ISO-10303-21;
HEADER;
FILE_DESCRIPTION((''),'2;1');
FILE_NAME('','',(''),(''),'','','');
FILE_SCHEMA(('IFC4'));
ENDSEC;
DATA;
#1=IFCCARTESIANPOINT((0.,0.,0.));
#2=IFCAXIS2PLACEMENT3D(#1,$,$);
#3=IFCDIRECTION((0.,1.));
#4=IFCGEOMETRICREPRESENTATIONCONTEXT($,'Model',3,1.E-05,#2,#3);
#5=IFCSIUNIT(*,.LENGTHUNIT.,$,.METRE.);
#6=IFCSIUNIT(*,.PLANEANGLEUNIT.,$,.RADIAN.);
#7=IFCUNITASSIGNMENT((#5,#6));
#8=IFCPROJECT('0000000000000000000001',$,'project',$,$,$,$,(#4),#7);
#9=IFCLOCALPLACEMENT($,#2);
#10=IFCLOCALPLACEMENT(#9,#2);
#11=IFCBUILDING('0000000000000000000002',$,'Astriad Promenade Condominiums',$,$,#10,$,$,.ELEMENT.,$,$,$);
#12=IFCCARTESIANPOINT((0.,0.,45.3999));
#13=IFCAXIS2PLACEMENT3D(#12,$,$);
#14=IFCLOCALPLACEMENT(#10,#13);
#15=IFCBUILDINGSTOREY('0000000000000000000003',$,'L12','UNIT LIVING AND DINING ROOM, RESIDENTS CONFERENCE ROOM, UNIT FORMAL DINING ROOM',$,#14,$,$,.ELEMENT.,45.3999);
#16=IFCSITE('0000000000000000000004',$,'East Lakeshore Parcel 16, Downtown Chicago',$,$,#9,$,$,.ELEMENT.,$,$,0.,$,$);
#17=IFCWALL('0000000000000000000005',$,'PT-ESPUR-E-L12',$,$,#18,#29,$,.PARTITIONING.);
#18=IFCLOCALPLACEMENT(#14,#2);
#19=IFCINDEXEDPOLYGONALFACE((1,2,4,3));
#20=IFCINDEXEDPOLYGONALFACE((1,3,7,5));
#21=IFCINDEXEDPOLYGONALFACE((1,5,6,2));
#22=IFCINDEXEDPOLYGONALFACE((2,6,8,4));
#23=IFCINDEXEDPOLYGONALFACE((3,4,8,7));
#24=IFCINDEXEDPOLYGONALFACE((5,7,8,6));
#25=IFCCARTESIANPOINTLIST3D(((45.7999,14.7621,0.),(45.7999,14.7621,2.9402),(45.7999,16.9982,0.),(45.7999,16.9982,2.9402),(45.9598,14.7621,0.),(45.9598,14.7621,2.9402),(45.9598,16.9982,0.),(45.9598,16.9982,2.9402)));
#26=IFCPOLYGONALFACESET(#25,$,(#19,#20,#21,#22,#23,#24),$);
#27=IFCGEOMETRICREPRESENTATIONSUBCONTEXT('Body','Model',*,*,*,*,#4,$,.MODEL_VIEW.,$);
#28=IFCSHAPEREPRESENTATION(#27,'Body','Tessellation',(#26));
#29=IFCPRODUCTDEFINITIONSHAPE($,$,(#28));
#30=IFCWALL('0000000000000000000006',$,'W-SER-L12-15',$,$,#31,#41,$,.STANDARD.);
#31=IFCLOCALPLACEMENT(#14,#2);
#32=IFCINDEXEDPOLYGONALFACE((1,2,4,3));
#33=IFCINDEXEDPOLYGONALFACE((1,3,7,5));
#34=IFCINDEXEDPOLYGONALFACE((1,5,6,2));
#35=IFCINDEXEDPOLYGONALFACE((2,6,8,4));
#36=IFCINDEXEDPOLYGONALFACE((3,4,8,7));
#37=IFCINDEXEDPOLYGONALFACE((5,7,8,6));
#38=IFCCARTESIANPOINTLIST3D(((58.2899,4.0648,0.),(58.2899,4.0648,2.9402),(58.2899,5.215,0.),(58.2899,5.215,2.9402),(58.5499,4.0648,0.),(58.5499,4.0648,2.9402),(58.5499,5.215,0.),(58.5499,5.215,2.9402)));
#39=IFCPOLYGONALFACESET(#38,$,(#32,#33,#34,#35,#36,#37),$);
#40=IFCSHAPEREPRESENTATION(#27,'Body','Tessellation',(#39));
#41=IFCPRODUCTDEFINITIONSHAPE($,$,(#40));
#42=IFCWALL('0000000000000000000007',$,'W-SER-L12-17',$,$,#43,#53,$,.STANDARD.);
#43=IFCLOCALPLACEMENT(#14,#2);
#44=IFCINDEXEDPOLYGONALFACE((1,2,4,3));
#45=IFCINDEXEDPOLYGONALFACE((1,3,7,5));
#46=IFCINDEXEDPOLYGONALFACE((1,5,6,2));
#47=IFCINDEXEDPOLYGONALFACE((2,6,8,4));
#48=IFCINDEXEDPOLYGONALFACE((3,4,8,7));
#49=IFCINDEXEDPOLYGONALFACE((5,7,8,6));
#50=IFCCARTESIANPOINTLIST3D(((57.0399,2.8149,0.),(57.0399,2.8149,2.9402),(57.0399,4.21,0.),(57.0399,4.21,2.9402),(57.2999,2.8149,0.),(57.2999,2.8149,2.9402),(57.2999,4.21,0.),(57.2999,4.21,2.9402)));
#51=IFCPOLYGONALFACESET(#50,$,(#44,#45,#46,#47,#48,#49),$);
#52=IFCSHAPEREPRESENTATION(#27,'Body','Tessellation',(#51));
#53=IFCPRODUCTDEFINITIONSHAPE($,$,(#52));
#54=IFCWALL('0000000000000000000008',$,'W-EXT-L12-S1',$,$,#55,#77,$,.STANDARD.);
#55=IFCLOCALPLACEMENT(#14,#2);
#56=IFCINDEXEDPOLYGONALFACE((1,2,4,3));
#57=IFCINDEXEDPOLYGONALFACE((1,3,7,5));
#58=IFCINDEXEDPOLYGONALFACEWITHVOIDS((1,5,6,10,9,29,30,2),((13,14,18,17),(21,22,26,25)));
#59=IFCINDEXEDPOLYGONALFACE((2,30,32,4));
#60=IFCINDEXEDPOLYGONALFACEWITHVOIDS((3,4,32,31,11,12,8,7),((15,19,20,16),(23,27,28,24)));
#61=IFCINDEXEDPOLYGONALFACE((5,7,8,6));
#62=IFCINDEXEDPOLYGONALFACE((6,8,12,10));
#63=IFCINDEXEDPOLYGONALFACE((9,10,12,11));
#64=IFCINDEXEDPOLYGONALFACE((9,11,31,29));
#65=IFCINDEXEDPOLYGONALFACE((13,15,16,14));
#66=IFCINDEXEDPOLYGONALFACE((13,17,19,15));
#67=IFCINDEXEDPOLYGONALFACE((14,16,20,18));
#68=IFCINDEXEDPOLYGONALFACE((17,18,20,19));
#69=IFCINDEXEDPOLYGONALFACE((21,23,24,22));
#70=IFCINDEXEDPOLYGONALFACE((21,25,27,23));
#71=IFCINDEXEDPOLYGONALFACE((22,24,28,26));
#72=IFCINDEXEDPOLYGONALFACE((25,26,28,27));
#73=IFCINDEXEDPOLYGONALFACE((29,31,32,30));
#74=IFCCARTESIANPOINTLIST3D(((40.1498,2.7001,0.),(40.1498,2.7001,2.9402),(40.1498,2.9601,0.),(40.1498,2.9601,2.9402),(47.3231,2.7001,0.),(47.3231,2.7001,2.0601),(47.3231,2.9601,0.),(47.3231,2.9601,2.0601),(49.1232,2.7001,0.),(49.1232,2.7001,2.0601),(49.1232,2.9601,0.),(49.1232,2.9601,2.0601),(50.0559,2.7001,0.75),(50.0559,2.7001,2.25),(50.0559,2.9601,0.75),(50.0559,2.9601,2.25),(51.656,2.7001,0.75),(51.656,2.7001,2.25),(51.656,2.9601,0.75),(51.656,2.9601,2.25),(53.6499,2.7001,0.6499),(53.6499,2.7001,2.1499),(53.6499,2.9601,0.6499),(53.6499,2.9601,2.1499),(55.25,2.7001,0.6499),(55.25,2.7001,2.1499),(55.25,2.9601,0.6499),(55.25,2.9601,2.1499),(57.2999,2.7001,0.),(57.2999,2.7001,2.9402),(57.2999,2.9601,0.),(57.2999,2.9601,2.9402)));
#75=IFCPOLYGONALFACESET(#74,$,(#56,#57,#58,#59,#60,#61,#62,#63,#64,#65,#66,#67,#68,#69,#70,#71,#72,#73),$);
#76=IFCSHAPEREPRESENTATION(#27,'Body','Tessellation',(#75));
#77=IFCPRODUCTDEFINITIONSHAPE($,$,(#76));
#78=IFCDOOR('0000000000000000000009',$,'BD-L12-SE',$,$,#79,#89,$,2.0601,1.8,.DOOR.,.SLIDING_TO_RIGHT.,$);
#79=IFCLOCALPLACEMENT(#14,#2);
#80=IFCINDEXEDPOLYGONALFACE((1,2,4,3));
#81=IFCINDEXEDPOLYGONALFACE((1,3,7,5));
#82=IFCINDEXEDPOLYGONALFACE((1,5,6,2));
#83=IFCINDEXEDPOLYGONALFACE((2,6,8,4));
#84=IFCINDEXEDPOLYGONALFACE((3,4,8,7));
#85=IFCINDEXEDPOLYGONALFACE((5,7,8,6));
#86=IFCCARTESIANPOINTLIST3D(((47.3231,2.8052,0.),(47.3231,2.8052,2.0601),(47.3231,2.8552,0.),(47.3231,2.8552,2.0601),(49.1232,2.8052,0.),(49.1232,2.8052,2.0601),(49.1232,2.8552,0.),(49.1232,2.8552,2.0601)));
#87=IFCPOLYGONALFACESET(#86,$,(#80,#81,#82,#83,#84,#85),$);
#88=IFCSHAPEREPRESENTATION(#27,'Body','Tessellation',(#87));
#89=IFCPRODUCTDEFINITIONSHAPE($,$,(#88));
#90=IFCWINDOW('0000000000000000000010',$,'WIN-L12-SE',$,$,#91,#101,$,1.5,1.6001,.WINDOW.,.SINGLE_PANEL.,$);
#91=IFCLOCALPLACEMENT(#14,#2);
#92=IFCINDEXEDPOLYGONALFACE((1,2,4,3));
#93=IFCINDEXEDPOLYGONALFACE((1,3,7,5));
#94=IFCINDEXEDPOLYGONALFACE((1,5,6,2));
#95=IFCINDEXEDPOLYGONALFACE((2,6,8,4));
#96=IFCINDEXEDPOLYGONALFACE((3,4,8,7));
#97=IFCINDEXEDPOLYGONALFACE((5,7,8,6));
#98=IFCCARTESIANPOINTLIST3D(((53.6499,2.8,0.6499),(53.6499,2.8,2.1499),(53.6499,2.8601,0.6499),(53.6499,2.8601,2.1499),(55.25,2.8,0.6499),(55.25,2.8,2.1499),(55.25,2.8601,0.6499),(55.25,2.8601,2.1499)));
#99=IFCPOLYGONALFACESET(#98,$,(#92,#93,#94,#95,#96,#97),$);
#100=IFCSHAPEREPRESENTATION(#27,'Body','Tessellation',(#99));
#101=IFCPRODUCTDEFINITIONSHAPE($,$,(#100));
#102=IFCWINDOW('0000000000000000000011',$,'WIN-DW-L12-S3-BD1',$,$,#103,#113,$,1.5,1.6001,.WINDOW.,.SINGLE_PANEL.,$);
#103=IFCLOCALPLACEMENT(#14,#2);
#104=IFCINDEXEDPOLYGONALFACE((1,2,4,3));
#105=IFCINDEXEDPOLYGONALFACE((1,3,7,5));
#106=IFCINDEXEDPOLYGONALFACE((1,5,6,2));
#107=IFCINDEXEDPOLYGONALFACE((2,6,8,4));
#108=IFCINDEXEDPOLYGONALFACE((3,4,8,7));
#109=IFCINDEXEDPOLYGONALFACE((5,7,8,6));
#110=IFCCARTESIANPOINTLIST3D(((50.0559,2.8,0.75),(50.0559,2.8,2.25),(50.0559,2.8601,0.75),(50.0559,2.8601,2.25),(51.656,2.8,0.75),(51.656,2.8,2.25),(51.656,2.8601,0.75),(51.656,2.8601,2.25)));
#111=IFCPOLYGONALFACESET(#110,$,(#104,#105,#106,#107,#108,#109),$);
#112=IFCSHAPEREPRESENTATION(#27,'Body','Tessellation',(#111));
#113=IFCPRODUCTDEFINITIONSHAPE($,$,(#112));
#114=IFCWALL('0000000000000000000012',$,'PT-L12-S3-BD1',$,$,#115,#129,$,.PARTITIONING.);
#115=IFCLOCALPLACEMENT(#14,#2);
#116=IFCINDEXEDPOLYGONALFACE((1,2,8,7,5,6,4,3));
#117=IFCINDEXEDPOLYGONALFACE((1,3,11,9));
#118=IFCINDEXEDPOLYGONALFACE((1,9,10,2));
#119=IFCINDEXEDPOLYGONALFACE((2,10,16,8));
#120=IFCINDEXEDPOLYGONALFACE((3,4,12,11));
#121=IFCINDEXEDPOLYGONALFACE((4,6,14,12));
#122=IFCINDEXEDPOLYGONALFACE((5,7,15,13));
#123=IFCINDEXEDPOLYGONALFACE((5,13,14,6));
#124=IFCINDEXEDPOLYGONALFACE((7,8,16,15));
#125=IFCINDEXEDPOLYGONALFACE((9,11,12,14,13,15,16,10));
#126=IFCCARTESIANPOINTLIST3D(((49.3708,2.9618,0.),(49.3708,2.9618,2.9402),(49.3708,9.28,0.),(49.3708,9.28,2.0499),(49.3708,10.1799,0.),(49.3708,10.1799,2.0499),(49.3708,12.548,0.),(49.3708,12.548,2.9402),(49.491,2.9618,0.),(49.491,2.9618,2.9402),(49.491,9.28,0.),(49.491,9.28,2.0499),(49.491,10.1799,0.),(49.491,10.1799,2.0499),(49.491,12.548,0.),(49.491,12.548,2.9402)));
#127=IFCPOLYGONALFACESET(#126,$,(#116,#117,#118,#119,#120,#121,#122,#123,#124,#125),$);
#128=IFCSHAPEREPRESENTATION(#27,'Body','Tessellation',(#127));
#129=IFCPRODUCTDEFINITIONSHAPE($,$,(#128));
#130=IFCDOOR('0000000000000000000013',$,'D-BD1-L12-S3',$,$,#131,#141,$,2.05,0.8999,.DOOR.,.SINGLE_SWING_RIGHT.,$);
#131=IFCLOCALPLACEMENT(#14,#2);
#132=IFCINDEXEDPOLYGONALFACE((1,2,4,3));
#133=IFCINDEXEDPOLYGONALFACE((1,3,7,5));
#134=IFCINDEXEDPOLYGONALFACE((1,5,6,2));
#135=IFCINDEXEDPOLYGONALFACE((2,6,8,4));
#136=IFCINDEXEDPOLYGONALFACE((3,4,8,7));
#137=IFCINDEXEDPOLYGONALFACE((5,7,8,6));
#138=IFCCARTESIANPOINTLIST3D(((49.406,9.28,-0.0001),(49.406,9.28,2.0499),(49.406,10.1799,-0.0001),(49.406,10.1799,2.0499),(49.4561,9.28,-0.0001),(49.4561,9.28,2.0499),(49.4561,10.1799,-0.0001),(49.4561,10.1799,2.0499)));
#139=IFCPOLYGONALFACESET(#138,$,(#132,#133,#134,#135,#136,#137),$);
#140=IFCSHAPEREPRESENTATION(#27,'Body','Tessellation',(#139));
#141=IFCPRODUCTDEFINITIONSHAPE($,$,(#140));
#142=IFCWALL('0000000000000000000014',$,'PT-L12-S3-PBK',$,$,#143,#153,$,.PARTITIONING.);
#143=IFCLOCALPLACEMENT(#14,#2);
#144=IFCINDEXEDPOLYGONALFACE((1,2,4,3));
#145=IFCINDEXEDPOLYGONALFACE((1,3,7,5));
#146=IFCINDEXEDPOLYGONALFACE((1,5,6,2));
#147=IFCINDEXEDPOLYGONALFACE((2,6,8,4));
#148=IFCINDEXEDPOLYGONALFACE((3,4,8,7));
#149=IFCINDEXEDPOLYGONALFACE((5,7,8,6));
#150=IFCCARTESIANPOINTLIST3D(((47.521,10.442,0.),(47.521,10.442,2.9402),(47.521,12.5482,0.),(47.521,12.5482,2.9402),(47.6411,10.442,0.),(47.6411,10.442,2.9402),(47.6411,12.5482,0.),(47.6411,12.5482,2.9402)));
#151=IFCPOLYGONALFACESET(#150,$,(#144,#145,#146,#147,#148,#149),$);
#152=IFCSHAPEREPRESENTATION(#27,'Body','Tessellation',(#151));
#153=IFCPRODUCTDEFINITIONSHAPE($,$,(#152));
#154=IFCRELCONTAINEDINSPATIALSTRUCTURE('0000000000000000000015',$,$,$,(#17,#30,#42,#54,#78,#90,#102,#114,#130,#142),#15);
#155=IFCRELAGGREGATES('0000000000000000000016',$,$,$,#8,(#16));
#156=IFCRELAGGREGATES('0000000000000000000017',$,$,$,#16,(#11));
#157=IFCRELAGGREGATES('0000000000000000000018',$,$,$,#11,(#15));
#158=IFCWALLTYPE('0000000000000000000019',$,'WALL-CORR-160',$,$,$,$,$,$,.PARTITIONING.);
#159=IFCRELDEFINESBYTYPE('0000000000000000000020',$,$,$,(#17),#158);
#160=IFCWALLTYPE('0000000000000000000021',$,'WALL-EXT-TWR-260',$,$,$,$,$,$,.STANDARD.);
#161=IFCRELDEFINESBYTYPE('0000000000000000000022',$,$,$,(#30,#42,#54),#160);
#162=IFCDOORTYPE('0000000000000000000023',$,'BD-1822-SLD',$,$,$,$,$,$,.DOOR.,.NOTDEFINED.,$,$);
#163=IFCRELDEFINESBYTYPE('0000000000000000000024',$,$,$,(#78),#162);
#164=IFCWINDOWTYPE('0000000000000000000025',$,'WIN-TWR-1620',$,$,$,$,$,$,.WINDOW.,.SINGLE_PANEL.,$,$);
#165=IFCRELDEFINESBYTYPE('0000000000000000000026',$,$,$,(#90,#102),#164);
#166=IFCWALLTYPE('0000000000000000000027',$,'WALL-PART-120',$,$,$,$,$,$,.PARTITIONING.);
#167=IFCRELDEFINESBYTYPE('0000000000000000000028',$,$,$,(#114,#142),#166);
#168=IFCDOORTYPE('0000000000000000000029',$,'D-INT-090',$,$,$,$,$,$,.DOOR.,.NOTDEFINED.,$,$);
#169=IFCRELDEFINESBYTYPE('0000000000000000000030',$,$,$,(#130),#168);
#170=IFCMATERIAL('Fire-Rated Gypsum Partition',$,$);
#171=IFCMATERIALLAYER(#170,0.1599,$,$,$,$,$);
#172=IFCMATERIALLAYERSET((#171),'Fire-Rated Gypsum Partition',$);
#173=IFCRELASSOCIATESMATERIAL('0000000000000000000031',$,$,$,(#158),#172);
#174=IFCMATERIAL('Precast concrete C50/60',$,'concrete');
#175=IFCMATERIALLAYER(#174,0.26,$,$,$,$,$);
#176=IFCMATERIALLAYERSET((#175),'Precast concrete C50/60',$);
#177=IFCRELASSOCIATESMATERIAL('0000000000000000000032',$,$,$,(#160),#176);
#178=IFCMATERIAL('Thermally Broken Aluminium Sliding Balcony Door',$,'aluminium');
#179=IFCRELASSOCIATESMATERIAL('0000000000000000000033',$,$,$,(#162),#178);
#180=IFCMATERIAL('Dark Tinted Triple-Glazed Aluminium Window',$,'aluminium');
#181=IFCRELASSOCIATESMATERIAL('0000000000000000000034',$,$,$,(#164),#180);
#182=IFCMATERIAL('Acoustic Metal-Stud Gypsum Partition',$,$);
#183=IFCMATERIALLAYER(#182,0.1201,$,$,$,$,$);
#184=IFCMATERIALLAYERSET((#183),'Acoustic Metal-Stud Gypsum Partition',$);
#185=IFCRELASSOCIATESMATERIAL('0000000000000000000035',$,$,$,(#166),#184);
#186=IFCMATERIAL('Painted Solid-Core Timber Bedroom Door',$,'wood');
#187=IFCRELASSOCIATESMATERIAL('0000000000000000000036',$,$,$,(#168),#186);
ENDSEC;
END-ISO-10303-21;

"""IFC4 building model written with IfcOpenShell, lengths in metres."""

from ifc_helpers import new_model, si_unit, direction, frame, frame_2d, origin, place, context, subcontext, project, spatial, rectangle, extrude, source, transform, mapped, material, layer, layer_set, type_object, type_shapes, element, fill, save


model = new_model("IFC4")

# Units and contexts
model_context = context("Model", 3, precision=1e-05, world=origin(), true_north=direction((0.0, 1.0)))
body_context = subcontext(model_context, "Body", "Model", "MODEL_VIEW")
ifc_project = project(units=[si_unit("LENGTHUNIT", "METRE"), si_unit("PLANEANGLEUNIT", "RADIAN")], contexts=[model_context])

# Site, building, storey
site_placement = place(None, origin())
site = spatial("IfcSite", under=ifc_project, at=site_placement, Name="East Lakeshore Parcel 16, Downtown Chicago", CompositionType="ELEMENT", RefElevation=0.0)
building_placement = place(site_placement, origin())
building = spatial("IfcBuilding", under=site, at=building_placement, Name="Astriad Promenade Condominiums", CompositionType="ELEMENT")
storey_placement = place(building_placement, frame((0.0, 0.0, 45.3999)))
storey = spatial("IfcBuildingStorey", under=building, at=storey_placement, Name="L12", Description="UNIT LIVING AND DINING ROOM, RESIDENTS CONFERENCE ROOM, UNIT FORMAL DINING ROOM", CompositionType="ELEMENT", Elevation=45.3999)

# Shared definitions
ifc_material_1 = material(Name="Fire-Rated Gypsum Partition")
ifc_layer_1 = layer(ifc_material_1, 0.1599)
ifc_layer_set_1 = layer_set([ifc_layer_1], Name="Fire-Rated Gypsum Partition")
wall_type_1 = type_object("IfcWallType", Name="WALL-CORR-160", PredefinedType="PARTITIONING", material=ifc_layer_set_1)

# Walls
wall_1_placement = place(storey_placement, frame((45.8799, 14.762, 0.0), z_axis=(0.0, 0.0, 1.0), x_axis=(0.0, 1.0, 0.0)))
element("IfcWall", 1, at=wall_1_placement, inside=storey, type_object=wall_type_1, Name="PT-ESPUR-E-L12", PredefinedType="PARTITIONING", context=body_context, shape_type="SweptSolid", body=[
    extrude(rectangle(XDim=2.2361, YDim=0.1599, at=frame_2d((1.1182, 0.0))), origin(), (0.0, 0.0, 1.0), 2.9402),
])
ifc_material_2 = material(Name="Precast concrete C50/60", Category="concrete")
ifc_layer_2 = layer(ifc_material_2, 0.26)
ifc_layer_set_2 = layer_set([ifc_layer_2], Name="Precast concrete C50/60")
wall_type_2 = type_object("IfcWallType", Name="WALL-EXT-TWR-260", PredefinedType="STANDARD", material=ifc_layer_set_2)
wall_2_placement = place(storey_placement, frame((58.4199, 5.2151, 0.0), z_axis=(0.0, 0.0, 1.0), x_axis=(0.0, -1.0, 0.0)))
element("IfcWall", 2, at=wall_2_placement, inside=storey, type_object=wall_type_2, Name="W-SER-L12-15", PredefinedType="STANDARD", context=body_context, shape_type="SweptSolid", body=[
    extrude(rectangle(XDim=1.1501, YDim=0.26, at=frame_2d((0.5752, 0.0))), origin(), (0.0, 0.0, 1.0), 2.9402),
])
wall_3_placement = place(storey_placement, frame((57.1699, 4.21, 0.0), z_axis=(0.0, 0.0, 1.0), x_axis=(0.0, -1.0, 0.0)))
element("IfcWall", 3, at=wall_3_placement, inside=storey, type_object=wall_type_2, Name="W-SER-L12-17", PredefinedType="STANDARD", context=body_context, shape_type="SweptSolid", body=[
    extrude(rectangle(XDim=1.395, YDim=0.26, at=frame_2d((0.6975, 0.0))), origin(), (0.0, 0.0, 1.0), 2.9402),
])

# Wall, openings, door, windows
wall_4_placement = place(storey_placement, frame((57.3, 2.8301, 0.0), z_axis=(0.0, 0.0, 1.0), x_axis=(-1.0, 0.0, 0.0)))
wall_4 = element("IfcWall", 4, at=wall_4_placement, inside=storey, type_object=wall_type_2, Name="W-EXT-L12-S1", PredefinedType="STANDARD", context=body_context, shape_type="SweptSolid", body=[
    extrude(rectangle(XDim=17.1501, YDim=0.26, at=frame_2d((8.5752, 0.0))), origin(), (0.0, 0.0, 1.0), 2.9402),
])
opening_1_placement = place(wall_4_placement, frame((8.177, 0.0, 0.0)))
opening_1 = element("IfcOpeningElement", 5, at=opening_1_placement, cuts=wall_4, PredefinedType="OPENING", context=body_context, shape_type="SweptSolid", body=[
    extrude(rectangle(XDim=1.8, YDim=2.0601, at=frame_2d((0.8999, 1.03))), frame((0.0, 0.1399, 0.0), z_axis=(0.0, -1.0, 0.0), x_axis=(1.0, 0.0, 0.0)), (0.0, 0.0, 1.0), 0.28),
])
opening_2_placement = place(wall_4_placement, frame((2.05, 0.0, 0.6499)))
opening_2 = element("IfcOpeningElement", 6, at=opening_2_placement, cuts=wall_4, PredefinedType="OPENING", context=body_context, shape_type="SweptSolid", body=[
    extrude(rectangle(XDim=1.6001, YDim=1.5, at=frame_2d((0.8, 0.75))), frame((0.0, 0.1399, 0.0), z_axis=(0.0, -1.0, 0.0), x_axis=(1.0, 0.0, 0.0)), (0.0, 0.0, 1.0), 0.28),
])
opening_3_placement = place(wall_4_placement, frame((5.644, 0.0, 0.75)))
opening_3 = element("IfcOpeningElement", 7, at=opening_3_placement, cuts=wall_4, PredefinedType="OPENING", context=body_context, shape_type="SweptSolid", body=[
    extrude(rectangle(XDim=1.6001, YDim=1.5, at=frame_2d((0.8, 0.75))), frame((0.0, 0.1399, 0.0), z_axis=(0.0, -1.0, 0.0), x_axis=(1.0, 0.0, 0.0)), (0.0, 0.0, 1.0), 0.28),
])
ifc_material_3 = material(Name="Thermally Broken Aluminium Sliding Balcony Door", Category="aluminium")
door_type_1 = type_object("IfcDoorType", Name="BD-1822-SLD", OperationType="NOTDEFINED", PredefinedType="DOOR", material=ifc_material_3)
shared_shape_1 = source(origin(), body_context, "Body", "SweptSolid", [
    extrude(rectangle(XDim=1.8, YDim=2.0601, at=frame_2d((0.8999, 1.03))), frame((0.0, 0.0249, 0.0), z_axis=(0.0, -1.0, 0.0), x_axis=(1.0, 0.0, 0.0)), (0.0, 0.0, 1.0), 0.05),
])
type_shapes(door_type_1, [shared_shape_1])
door_1_placement = place(opening_1_placement, origin())
door_1 = element("IfcDoor", 8, at=door_1_placement, inside=storey, type_object=door_type_1, Name="BD-L12-SE", OperationType="SLIDING_TO_RIGHT", OverallHeight=2.0601, OverallWidth=1.8, PredefinedType="DOOR", context=body_context, shape_type="MappedRepresentation", body=[
    mapped(shared_shape_1, transform((0.0, 0.0, 0.0), scale=1.0)),
])
fill(opening_1, door_1)
ifc_material_4 = material(Name="Dark Tinted Triple-Glazed Aluminium Window", Category="aluminium")
window_type = type_object("IfcWindowType", Name="WIN-TWR-1620", PartitioningType="SINGLE_PANEL", PredefinedType="WINDOW", material=ifc_material_4)
shared_shape_2 = source(origin(), body_context, "Body", "SweptSolid", [
    extrude(rectangle(XDim=1.6001, YDim=1.5, at=frame_2d((0.8, 0.75))), frame((0.0, 0.03, 0.0), z_axis=(0.0, -1.0, 0.0), x_axis=(1.0, 0.0, 0.0)), (0.0, 0.0, 1.0), 0.0601),
])
type_shapes(window_type, [shared_shape_2])
window_1_placement = place(opening_2_placement, origin())
window_1 = element("IfcWindow", 9, at=window_1_placement, inside=storey, type_object=window_type, Name="WIN-L12-SE", OverallHeight=1.5, OverallWidth=1.6001, PartitioningType="SINGLE_PANEL", PredefinedType="WINDOW", context=body_context, shape_type="MappedRepresentation", body=[
    mapped(shared_shape_2, transform((0.0, 0.0, 0.0), scale=1.0)),
])
fill(opening_2, window_1)
window_2_placement = place(opening_3_placement, origin())
window_2 = element("IfcWindow", 10, at=window_2_placement, inside=storey, type_object=window_type, Name="WIN-DW-L12-S3-BD1", OverallHeight=1.5, OverallWidth=1.6001, PartitioningType="SINGLE_PANEL", PredefinedType="WINDOW", context=body_context, shape_type="MappedRepresentation", body=[
    mapped(shared_shape_2, transform((0.0, 0.0, 0.0), scale=1.0)),
])
fill(opening_3, window_2)

# Wall, opening, door
ifc_material_5 = material(Name="Acoustic Metal-Stud Gypsum Partition")
ifc_layer_3 = layer(ifc_material_5, 0.1201)
ifc_layer_set_3 = layer_set([ifc_layer_3], Name="Acoustic Metal-Stud Gypsum Partition")
wall_type_3 = type_object("IfcWallType", Name="WALL-PART-120", PredefinedType="PARTITIONING", material=ifc_layer_set_3)
wall_5_placement = place(storey_placement, frame((49.4309, 2.9619, 0.0), z_axis=(0.0, 0.0, 1.0), x_axis=(0.0, 1.0, 0.0)))
wall_5 = element("IfcWall", 11, at=wall_5_placement, inside=storey, type_object=wall_type_3, Name="PT-L12-S3-BD1", PredefinedType="PARTITIONING", context=body_context, shape_type="SweptSolid", body=[
    extrude(rectangle(XDim=9.5862, YDim=0.1201, at=frame_2d((4.793, 0.0))), origin(), (0.0, 0.0, 1.0), 2.9402),
])
opening_4_placement = place(wall_5_placement, frame((6.3181, 0.0, 0.0)))
opening_4 = element("IfcOpeningElement", 12, at=opening_4_placement, cuts=wall_5, PredefinedType="OPENING", context=body_context, shape_type="SweptSolid", body=[
    extrude(rectangle(XDim=0.8999, YDim=2.05, at=frame_2d((0.45, 1.0249))), frame((0.0, 0.0701, 0.0), z_axis=(0.0, -1.0, 0.0), x_axis=(1.0, 0.0, 0.0)), (0.0, 0.0, 1.0), 0.1401),
])
ifc_material_6 = material(Name="Painted Solid-Core Timber Bedroom Door", Category="wood")
door_type_2 = type_object("IfcDoorType", Name="D-INT-090", OperationType="NOTDEFINED", PredefinedType="DOOR", material=ifc_material_6)
shared_shape_3 = source(origin(), body_context, "Body", "SweptSolid", [
    extrude(rectangle(XDim=0.8999, YDim=2.05, at=frame_2d((0.45, 1.0249))), frame((0.0, 0.0249, 0.0), z_axis=(0.0, -1.0, 0.0), x_axis=(1.0, 0.0, 0.0)), (0.0, 0.0, 1.0), 0.05),
])
type_shapes(door_type_2, [shared_shape_3])
door_2_placement = place(opening_4_placement, origin())
door_2 = element("IfcDoor", 13, at=door_2_placement, inside=storey, type_object=door_type_2, Name="D-BD1-L12-S3", OperationType="SINGLE_SWING_RIGHT", OverallHeight=2.05, OverallWidth=0.8999, PredefinedType="DOOR", context=body_context, shape_type="MappedRepresentation", body=[
    mapped(shared_shape_3, transform((0.0, 0.0, 0.0), scale=1.0)),
])
fill(opening_4, door_2)

# Wall
wall_6_placement = place(storey_placement, frame((47.5811, 10.4419, 0.0), z_axis=(0.0, 0.0, 1.0), x_axis=(0.0, 1.0, 0.0)))
element("IfcWall", 14, at=wall_6_placement, inside=storey, type_object=wall_type_3, Name="PT-L12-S3-PBK", PredefinedType="PARTITIONING", context=body_context, shape_type="SweptSolid", body=[
    extrude(rectangle(XDim=2.1062, YDim=0.1201, at=frame_2d((1.0532, 0.0))), origin(), (0.0, 0.0, 1.0), 2.9402),
])

save(model, "model.ifc")
